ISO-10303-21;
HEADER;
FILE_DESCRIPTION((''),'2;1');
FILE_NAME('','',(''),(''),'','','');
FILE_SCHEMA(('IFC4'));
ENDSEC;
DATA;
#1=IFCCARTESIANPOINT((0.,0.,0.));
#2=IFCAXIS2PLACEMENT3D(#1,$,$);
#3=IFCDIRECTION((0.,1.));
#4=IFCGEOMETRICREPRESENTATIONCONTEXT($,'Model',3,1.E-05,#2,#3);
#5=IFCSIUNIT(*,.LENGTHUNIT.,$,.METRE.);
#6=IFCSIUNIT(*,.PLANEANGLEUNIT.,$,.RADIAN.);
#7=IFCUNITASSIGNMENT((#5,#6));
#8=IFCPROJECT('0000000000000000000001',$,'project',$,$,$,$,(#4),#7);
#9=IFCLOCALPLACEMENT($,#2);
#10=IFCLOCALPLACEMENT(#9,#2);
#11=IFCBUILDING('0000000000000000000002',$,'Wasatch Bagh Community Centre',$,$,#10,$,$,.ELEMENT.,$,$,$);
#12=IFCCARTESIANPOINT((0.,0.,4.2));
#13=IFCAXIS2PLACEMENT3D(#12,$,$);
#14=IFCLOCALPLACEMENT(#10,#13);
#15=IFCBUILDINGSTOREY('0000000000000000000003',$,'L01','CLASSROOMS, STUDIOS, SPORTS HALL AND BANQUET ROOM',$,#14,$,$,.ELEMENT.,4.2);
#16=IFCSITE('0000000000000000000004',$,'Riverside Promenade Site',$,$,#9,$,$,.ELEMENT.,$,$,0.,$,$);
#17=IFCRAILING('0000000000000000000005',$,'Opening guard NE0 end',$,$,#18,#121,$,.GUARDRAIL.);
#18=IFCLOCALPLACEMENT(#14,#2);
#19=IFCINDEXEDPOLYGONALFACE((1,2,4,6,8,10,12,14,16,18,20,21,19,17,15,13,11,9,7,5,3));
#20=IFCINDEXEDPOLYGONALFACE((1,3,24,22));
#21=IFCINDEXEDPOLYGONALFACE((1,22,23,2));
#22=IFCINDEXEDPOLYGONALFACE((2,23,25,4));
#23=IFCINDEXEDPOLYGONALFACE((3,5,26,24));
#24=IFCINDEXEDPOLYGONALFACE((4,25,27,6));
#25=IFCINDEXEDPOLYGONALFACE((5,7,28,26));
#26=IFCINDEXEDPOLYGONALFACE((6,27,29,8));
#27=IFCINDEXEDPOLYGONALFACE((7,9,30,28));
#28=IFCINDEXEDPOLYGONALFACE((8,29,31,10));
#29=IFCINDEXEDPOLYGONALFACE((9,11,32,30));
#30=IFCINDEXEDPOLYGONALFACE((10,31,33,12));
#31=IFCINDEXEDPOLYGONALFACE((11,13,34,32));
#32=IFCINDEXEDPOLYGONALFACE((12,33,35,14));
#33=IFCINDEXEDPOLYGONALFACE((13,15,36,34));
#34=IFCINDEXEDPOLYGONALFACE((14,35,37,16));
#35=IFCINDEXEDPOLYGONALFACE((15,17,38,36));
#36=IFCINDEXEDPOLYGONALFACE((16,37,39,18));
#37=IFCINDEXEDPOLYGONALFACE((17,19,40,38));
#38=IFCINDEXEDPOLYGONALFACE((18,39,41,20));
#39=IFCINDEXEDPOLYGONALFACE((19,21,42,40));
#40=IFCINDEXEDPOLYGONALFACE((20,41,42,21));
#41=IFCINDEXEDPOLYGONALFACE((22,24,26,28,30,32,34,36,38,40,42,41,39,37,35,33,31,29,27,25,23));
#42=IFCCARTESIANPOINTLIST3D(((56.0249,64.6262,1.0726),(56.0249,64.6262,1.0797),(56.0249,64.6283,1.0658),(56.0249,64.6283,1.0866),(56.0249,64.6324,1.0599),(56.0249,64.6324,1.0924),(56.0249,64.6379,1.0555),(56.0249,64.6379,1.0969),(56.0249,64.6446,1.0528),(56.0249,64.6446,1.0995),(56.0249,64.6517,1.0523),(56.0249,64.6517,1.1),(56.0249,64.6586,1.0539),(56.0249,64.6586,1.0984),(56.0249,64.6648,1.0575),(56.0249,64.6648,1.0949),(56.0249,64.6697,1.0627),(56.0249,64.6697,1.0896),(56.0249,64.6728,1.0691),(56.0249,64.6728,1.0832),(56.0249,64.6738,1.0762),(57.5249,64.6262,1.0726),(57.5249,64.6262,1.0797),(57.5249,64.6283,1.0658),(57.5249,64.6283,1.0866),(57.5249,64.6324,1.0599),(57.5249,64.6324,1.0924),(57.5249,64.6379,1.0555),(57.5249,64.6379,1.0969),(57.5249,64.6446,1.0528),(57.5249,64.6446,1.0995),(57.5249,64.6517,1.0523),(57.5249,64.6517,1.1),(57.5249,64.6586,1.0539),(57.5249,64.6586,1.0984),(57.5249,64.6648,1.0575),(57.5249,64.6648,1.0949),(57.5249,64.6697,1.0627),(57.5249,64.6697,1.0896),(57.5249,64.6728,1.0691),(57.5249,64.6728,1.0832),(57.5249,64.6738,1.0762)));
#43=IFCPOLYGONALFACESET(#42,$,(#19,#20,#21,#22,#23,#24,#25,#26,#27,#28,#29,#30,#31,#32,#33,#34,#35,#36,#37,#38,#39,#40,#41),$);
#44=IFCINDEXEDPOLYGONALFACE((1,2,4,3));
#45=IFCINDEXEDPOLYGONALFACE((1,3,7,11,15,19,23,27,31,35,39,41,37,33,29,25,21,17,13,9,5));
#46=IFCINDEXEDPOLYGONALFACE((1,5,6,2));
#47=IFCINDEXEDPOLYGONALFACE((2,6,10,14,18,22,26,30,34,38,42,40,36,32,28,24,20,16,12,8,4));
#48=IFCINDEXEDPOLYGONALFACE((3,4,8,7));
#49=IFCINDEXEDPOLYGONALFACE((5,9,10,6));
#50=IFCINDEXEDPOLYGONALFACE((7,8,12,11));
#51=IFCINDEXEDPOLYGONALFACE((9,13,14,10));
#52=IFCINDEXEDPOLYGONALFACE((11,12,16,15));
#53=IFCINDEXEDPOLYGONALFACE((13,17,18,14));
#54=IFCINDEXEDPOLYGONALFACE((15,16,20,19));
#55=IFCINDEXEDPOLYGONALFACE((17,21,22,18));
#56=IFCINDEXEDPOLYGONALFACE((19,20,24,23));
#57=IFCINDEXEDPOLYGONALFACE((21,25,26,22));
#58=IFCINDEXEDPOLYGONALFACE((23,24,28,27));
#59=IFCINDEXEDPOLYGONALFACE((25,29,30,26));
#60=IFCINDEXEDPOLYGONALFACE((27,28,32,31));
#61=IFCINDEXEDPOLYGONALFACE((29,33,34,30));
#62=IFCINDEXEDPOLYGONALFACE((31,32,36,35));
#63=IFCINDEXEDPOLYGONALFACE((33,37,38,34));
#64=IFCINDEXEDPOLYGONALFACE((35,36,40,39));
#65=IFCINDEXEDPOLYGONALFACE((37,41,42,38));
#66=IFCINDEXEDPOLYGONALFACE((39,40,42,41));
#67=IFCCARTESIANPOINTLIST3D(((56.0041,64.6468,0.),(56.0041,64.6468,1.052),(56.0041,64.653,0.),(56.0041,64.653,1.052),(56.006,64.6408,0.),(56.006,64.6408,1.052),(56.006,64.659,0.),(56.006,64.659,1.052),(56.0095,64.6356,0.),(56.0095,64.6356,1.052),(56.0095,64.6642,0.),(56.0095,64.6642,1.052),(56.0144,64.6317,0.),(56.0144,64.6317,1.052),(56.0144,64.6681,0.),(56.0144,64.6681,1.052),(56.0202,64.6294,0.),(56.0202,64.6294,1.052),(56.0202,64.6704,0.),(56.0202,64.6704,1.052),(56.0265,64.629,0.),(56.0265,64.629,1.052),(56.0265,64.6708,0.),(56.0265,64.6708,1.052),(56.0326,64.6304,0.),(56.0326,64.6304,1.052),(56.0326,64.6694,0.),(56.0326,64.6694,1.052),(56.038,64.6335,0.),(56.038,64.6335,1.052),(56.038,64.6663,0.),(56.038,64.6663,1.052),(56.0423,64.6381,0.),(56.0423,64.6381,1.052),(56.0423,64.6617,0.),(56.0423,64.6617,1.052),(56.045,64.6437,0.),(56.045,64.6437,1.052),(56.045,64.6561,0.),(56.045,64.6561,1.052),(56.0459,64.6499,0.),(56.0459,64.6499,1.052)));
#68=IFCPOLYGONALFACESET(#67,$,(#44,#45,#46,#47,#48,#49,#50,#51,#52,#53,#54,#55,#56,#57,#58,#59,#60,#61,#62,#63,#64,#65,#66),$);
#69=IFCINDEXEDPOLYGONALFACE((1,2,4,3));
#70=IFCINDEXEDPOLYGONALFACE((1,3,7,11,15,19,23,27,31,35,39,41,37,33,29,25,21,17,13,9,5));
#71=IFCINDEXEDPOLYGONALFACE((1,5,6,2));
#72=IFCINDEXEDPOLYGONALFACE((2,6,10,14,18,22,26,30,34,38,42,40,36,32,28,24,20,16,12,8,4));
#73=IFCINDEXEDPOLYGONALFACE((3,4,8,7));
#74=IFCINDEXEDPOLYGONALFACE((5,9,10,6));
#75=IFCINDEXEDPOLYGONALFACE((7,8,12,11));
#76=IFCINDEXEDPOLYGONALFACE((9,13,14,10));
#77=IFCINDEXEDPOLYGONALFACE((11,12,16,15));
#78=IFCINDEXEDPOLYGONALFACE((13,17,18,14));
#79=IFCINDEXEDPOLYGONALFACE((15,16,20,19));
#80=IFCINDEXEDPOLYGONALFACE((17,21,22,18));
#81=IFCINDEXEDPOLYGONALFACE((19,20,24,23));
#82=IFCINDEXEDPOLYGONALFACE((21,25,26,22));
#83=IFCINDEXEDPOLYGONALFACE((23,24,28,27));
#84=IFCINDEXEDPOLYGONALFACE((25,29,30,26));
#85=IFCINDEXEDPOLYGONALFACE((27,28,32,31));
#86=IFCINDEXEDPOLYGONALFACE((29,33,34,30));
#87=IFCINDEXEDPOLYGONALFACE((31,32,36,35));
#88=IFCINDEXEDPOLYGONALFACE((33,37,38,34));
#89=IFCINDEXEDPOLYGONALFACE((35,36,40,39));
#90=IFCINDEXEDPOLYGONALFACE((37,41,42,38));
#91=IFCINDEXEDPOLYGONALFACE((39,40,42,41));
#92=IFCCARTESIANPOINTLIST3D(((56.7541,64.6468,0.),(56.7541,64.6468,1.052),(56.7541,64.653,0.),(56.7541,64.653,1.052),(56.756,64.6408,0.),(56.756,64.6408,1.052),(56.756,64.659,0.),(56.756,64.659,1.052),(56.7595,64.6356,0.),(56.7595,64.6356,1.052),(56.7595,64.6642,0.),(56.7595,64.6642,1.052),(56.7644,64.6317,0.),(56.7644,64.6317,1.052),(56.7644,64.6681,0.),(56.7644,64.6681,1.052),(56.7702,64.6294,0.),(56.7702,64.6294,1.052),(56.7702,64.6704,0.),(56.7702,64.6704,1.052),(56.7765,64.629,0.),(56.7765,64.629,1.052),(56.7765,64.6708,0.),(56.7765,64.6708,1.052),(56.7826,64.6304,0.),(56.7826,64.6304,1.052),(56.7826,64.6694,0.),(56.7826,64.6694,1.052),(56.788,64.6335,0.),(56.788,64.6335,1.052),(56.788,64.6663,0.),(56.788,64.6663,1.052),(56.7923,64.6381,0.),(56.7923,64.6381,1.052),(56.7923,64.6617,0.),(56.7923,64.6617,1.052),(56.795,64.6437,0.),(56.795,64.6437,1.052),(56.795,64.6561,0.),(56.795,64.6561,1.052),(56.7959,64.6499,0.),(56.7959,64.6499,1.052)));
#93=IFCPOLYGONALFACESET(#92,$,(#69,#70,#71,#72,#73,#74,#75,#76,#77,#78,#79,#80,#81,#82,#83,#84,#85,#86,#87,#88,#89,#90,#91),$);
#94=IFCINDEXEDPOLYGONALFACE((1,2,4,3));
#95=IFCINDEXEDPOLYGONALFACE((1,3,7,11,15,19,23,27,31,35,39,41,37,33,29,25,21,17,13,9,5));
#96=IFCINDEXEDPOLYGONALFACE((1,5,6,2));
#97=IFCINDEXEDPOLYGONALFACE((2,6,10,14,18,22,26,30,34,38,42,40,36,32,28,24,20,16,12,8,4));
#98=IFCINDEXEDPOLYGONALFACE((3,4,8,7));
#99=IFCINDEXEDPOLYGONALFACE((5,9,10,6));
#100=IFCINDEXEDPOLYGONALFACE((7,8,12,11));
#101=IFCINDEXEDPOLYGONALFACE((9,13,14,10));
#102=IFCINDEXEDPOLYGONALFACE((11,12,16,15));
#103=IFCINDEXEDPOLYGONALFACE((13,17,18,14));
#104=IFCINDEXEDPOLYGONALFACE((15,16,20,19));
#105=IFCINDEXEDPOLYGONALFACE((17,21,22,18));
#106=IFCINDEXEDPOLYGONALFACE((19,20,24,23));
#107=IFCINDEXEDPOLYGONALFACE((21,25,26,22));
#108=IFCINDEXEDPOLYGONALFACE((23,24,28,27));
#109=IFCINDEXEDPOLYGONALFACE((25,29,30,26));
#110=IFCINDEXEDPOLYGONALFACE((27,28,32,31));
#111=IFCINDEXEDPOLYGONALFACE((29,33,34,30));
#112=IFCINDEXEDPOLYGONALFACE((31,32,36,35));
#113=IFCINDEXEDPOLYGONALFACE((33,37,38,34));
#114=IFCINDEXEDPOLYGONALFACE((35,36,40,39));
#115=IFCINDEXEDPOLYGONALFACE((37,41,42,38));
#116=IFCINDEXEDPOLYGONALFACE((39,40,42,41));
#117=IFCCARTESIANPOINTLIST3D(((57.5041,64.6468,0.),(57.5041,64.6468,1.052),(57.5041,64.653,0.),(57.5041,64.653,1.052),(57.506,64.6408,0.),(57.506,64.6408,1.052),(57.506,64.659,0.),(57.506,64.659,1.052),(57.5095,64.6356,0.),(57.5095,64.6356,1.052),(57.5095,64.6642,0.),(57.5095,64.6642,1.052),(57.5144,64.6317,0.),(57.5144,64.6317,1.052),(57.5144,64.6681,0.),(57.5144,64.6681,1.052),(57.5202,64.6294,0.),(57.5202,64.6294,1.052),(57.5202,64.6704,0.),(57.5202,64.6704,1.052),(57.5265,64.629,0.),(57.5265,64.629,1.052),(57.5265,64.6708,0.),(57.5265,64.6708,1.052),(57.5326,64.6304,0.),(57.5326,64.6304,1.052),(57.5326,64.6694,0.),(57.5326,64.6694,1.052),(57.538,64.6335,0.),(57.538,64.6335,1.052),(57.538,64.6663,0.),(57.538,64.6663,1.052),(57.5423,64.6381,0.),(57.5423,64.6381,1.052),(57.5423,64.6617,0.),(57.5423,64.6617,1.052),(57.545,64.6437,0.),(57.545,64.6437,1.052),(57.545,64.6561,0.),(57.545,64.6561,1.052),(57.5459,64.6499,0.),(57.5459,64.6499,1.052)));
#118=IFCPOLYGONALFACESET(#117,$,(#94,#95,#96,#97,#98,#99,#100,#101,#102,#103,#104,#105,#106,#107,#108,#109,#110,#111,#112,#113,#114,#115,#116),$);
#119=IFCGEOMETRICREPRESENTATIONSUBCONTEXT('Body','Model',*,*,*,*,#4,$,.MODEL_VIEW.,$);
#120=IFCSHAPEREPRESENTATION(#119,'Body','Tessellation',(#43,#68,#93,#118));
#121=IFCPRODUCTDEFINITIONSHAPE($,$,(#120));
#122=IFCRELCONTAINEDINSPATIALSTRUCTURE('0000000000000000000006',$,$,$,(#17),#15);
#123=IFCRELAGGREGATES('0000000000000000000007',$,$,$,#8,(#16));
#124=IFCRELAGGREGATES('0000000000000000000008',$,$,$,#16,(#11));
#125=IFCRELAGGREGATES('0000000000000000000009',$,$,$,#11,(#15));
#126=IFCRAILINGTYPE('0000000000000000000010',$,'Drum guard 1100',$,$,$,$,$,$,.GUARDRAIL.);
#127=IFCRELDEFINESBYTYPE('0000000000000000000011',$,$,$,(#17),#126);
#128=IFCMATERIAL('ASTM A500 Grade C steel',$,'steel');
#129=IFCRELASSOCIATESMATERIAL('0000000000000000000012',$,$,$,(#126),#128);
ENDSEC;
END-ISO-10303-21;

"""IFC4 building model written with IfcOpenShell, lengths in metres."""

from ifc_helpers import new_model, si_unit, direction, frame, origin, origin_2d, place, context, subcontext, project, spatial, circle, extrude, material, type_object, element, save


model = new_model("IFC4")

# Units and contexts
model_context = context("Model", 3, precision=1e-05, world=origin(), true_north=direction((0.0, 1.0)))
body_context = subcontext(model_context, "Body", "Model", "MODEL_VIEW")
ifc_project = project(units=[si_unit("LENGTHUNIT", "METRE"), si_unit("PLANEANGLEUNIT", "RADIAN")], contexts=[model_context])

# Site, building, storey
site_placement = place(None, origin())
site = spatial("IfcSite", under=ifc_project, at=site_placement, Name="Riverside Promenade Site", CompositionType="ELEMENT", RefElevation=0.0)
building_placement = place(site_placement, origin())
building = spatial("IfcBuilding", under=site, at=building_placement, Name="Wasatch Bagh Community Centre", CompositionType="ELEMENT")
storey_placement = place(building_placement, frame((0.0, 0.0, 4.2)))
storey = spatial("IfcBuildingStorey", under=building, at=storey_placement, Name="L01", Description="CLASSROOMS, STUDIOS, SPORTS HALL AND BANQUET ROOM", CompositionType="ELEMENT", Elevation=4.2)

# Railing
ifc_material_1 = material(Name="ASTM A500 Grade C steel", Category="steel")
railing_type = type_object("IfcRailingType", Name="Drum guard 1100", PredefinedType="GUARDRAIL", material=ifc_material_1)
railing_placement = place(storey_placement, frame((56.0249, 64.6499, 0.0)))
element("IfcRailing", 1, at=railing_placement, inside=storey, type_object=railing_type, Name="Opening guard NE0 end", PredefinedType="GUARDRAIL", context=body_context, shape_type="SweptSolid", body=[
    extrude(circle(Radius=0.0239, at=origin_2d()), frame((0.0, 0.0, 1.0762), z_axis=(1.0, 0.0, 0.0), x_axis=(0.0, 1.0, 0.0)), (0.0, 0.0, 1.0), 1.5),
    extrude(circle(Radius=0.021, at=origin_2d()), origin(), (0.0, 0.0, 1.0), 1.052),
    extrude(circle(Radius=0.021, at=origin_2d()), frame((0.75, 0.0, 0.0)), (0.0, 0.0, 1.0), 1.052),
    extrude(circle(Radius=0.021, at=origin_2d()), frame((1.5, 0.0, 0.0)), (0.0, 0.0, 1.0), 1.052),
])

save(model, "model.ifc")
